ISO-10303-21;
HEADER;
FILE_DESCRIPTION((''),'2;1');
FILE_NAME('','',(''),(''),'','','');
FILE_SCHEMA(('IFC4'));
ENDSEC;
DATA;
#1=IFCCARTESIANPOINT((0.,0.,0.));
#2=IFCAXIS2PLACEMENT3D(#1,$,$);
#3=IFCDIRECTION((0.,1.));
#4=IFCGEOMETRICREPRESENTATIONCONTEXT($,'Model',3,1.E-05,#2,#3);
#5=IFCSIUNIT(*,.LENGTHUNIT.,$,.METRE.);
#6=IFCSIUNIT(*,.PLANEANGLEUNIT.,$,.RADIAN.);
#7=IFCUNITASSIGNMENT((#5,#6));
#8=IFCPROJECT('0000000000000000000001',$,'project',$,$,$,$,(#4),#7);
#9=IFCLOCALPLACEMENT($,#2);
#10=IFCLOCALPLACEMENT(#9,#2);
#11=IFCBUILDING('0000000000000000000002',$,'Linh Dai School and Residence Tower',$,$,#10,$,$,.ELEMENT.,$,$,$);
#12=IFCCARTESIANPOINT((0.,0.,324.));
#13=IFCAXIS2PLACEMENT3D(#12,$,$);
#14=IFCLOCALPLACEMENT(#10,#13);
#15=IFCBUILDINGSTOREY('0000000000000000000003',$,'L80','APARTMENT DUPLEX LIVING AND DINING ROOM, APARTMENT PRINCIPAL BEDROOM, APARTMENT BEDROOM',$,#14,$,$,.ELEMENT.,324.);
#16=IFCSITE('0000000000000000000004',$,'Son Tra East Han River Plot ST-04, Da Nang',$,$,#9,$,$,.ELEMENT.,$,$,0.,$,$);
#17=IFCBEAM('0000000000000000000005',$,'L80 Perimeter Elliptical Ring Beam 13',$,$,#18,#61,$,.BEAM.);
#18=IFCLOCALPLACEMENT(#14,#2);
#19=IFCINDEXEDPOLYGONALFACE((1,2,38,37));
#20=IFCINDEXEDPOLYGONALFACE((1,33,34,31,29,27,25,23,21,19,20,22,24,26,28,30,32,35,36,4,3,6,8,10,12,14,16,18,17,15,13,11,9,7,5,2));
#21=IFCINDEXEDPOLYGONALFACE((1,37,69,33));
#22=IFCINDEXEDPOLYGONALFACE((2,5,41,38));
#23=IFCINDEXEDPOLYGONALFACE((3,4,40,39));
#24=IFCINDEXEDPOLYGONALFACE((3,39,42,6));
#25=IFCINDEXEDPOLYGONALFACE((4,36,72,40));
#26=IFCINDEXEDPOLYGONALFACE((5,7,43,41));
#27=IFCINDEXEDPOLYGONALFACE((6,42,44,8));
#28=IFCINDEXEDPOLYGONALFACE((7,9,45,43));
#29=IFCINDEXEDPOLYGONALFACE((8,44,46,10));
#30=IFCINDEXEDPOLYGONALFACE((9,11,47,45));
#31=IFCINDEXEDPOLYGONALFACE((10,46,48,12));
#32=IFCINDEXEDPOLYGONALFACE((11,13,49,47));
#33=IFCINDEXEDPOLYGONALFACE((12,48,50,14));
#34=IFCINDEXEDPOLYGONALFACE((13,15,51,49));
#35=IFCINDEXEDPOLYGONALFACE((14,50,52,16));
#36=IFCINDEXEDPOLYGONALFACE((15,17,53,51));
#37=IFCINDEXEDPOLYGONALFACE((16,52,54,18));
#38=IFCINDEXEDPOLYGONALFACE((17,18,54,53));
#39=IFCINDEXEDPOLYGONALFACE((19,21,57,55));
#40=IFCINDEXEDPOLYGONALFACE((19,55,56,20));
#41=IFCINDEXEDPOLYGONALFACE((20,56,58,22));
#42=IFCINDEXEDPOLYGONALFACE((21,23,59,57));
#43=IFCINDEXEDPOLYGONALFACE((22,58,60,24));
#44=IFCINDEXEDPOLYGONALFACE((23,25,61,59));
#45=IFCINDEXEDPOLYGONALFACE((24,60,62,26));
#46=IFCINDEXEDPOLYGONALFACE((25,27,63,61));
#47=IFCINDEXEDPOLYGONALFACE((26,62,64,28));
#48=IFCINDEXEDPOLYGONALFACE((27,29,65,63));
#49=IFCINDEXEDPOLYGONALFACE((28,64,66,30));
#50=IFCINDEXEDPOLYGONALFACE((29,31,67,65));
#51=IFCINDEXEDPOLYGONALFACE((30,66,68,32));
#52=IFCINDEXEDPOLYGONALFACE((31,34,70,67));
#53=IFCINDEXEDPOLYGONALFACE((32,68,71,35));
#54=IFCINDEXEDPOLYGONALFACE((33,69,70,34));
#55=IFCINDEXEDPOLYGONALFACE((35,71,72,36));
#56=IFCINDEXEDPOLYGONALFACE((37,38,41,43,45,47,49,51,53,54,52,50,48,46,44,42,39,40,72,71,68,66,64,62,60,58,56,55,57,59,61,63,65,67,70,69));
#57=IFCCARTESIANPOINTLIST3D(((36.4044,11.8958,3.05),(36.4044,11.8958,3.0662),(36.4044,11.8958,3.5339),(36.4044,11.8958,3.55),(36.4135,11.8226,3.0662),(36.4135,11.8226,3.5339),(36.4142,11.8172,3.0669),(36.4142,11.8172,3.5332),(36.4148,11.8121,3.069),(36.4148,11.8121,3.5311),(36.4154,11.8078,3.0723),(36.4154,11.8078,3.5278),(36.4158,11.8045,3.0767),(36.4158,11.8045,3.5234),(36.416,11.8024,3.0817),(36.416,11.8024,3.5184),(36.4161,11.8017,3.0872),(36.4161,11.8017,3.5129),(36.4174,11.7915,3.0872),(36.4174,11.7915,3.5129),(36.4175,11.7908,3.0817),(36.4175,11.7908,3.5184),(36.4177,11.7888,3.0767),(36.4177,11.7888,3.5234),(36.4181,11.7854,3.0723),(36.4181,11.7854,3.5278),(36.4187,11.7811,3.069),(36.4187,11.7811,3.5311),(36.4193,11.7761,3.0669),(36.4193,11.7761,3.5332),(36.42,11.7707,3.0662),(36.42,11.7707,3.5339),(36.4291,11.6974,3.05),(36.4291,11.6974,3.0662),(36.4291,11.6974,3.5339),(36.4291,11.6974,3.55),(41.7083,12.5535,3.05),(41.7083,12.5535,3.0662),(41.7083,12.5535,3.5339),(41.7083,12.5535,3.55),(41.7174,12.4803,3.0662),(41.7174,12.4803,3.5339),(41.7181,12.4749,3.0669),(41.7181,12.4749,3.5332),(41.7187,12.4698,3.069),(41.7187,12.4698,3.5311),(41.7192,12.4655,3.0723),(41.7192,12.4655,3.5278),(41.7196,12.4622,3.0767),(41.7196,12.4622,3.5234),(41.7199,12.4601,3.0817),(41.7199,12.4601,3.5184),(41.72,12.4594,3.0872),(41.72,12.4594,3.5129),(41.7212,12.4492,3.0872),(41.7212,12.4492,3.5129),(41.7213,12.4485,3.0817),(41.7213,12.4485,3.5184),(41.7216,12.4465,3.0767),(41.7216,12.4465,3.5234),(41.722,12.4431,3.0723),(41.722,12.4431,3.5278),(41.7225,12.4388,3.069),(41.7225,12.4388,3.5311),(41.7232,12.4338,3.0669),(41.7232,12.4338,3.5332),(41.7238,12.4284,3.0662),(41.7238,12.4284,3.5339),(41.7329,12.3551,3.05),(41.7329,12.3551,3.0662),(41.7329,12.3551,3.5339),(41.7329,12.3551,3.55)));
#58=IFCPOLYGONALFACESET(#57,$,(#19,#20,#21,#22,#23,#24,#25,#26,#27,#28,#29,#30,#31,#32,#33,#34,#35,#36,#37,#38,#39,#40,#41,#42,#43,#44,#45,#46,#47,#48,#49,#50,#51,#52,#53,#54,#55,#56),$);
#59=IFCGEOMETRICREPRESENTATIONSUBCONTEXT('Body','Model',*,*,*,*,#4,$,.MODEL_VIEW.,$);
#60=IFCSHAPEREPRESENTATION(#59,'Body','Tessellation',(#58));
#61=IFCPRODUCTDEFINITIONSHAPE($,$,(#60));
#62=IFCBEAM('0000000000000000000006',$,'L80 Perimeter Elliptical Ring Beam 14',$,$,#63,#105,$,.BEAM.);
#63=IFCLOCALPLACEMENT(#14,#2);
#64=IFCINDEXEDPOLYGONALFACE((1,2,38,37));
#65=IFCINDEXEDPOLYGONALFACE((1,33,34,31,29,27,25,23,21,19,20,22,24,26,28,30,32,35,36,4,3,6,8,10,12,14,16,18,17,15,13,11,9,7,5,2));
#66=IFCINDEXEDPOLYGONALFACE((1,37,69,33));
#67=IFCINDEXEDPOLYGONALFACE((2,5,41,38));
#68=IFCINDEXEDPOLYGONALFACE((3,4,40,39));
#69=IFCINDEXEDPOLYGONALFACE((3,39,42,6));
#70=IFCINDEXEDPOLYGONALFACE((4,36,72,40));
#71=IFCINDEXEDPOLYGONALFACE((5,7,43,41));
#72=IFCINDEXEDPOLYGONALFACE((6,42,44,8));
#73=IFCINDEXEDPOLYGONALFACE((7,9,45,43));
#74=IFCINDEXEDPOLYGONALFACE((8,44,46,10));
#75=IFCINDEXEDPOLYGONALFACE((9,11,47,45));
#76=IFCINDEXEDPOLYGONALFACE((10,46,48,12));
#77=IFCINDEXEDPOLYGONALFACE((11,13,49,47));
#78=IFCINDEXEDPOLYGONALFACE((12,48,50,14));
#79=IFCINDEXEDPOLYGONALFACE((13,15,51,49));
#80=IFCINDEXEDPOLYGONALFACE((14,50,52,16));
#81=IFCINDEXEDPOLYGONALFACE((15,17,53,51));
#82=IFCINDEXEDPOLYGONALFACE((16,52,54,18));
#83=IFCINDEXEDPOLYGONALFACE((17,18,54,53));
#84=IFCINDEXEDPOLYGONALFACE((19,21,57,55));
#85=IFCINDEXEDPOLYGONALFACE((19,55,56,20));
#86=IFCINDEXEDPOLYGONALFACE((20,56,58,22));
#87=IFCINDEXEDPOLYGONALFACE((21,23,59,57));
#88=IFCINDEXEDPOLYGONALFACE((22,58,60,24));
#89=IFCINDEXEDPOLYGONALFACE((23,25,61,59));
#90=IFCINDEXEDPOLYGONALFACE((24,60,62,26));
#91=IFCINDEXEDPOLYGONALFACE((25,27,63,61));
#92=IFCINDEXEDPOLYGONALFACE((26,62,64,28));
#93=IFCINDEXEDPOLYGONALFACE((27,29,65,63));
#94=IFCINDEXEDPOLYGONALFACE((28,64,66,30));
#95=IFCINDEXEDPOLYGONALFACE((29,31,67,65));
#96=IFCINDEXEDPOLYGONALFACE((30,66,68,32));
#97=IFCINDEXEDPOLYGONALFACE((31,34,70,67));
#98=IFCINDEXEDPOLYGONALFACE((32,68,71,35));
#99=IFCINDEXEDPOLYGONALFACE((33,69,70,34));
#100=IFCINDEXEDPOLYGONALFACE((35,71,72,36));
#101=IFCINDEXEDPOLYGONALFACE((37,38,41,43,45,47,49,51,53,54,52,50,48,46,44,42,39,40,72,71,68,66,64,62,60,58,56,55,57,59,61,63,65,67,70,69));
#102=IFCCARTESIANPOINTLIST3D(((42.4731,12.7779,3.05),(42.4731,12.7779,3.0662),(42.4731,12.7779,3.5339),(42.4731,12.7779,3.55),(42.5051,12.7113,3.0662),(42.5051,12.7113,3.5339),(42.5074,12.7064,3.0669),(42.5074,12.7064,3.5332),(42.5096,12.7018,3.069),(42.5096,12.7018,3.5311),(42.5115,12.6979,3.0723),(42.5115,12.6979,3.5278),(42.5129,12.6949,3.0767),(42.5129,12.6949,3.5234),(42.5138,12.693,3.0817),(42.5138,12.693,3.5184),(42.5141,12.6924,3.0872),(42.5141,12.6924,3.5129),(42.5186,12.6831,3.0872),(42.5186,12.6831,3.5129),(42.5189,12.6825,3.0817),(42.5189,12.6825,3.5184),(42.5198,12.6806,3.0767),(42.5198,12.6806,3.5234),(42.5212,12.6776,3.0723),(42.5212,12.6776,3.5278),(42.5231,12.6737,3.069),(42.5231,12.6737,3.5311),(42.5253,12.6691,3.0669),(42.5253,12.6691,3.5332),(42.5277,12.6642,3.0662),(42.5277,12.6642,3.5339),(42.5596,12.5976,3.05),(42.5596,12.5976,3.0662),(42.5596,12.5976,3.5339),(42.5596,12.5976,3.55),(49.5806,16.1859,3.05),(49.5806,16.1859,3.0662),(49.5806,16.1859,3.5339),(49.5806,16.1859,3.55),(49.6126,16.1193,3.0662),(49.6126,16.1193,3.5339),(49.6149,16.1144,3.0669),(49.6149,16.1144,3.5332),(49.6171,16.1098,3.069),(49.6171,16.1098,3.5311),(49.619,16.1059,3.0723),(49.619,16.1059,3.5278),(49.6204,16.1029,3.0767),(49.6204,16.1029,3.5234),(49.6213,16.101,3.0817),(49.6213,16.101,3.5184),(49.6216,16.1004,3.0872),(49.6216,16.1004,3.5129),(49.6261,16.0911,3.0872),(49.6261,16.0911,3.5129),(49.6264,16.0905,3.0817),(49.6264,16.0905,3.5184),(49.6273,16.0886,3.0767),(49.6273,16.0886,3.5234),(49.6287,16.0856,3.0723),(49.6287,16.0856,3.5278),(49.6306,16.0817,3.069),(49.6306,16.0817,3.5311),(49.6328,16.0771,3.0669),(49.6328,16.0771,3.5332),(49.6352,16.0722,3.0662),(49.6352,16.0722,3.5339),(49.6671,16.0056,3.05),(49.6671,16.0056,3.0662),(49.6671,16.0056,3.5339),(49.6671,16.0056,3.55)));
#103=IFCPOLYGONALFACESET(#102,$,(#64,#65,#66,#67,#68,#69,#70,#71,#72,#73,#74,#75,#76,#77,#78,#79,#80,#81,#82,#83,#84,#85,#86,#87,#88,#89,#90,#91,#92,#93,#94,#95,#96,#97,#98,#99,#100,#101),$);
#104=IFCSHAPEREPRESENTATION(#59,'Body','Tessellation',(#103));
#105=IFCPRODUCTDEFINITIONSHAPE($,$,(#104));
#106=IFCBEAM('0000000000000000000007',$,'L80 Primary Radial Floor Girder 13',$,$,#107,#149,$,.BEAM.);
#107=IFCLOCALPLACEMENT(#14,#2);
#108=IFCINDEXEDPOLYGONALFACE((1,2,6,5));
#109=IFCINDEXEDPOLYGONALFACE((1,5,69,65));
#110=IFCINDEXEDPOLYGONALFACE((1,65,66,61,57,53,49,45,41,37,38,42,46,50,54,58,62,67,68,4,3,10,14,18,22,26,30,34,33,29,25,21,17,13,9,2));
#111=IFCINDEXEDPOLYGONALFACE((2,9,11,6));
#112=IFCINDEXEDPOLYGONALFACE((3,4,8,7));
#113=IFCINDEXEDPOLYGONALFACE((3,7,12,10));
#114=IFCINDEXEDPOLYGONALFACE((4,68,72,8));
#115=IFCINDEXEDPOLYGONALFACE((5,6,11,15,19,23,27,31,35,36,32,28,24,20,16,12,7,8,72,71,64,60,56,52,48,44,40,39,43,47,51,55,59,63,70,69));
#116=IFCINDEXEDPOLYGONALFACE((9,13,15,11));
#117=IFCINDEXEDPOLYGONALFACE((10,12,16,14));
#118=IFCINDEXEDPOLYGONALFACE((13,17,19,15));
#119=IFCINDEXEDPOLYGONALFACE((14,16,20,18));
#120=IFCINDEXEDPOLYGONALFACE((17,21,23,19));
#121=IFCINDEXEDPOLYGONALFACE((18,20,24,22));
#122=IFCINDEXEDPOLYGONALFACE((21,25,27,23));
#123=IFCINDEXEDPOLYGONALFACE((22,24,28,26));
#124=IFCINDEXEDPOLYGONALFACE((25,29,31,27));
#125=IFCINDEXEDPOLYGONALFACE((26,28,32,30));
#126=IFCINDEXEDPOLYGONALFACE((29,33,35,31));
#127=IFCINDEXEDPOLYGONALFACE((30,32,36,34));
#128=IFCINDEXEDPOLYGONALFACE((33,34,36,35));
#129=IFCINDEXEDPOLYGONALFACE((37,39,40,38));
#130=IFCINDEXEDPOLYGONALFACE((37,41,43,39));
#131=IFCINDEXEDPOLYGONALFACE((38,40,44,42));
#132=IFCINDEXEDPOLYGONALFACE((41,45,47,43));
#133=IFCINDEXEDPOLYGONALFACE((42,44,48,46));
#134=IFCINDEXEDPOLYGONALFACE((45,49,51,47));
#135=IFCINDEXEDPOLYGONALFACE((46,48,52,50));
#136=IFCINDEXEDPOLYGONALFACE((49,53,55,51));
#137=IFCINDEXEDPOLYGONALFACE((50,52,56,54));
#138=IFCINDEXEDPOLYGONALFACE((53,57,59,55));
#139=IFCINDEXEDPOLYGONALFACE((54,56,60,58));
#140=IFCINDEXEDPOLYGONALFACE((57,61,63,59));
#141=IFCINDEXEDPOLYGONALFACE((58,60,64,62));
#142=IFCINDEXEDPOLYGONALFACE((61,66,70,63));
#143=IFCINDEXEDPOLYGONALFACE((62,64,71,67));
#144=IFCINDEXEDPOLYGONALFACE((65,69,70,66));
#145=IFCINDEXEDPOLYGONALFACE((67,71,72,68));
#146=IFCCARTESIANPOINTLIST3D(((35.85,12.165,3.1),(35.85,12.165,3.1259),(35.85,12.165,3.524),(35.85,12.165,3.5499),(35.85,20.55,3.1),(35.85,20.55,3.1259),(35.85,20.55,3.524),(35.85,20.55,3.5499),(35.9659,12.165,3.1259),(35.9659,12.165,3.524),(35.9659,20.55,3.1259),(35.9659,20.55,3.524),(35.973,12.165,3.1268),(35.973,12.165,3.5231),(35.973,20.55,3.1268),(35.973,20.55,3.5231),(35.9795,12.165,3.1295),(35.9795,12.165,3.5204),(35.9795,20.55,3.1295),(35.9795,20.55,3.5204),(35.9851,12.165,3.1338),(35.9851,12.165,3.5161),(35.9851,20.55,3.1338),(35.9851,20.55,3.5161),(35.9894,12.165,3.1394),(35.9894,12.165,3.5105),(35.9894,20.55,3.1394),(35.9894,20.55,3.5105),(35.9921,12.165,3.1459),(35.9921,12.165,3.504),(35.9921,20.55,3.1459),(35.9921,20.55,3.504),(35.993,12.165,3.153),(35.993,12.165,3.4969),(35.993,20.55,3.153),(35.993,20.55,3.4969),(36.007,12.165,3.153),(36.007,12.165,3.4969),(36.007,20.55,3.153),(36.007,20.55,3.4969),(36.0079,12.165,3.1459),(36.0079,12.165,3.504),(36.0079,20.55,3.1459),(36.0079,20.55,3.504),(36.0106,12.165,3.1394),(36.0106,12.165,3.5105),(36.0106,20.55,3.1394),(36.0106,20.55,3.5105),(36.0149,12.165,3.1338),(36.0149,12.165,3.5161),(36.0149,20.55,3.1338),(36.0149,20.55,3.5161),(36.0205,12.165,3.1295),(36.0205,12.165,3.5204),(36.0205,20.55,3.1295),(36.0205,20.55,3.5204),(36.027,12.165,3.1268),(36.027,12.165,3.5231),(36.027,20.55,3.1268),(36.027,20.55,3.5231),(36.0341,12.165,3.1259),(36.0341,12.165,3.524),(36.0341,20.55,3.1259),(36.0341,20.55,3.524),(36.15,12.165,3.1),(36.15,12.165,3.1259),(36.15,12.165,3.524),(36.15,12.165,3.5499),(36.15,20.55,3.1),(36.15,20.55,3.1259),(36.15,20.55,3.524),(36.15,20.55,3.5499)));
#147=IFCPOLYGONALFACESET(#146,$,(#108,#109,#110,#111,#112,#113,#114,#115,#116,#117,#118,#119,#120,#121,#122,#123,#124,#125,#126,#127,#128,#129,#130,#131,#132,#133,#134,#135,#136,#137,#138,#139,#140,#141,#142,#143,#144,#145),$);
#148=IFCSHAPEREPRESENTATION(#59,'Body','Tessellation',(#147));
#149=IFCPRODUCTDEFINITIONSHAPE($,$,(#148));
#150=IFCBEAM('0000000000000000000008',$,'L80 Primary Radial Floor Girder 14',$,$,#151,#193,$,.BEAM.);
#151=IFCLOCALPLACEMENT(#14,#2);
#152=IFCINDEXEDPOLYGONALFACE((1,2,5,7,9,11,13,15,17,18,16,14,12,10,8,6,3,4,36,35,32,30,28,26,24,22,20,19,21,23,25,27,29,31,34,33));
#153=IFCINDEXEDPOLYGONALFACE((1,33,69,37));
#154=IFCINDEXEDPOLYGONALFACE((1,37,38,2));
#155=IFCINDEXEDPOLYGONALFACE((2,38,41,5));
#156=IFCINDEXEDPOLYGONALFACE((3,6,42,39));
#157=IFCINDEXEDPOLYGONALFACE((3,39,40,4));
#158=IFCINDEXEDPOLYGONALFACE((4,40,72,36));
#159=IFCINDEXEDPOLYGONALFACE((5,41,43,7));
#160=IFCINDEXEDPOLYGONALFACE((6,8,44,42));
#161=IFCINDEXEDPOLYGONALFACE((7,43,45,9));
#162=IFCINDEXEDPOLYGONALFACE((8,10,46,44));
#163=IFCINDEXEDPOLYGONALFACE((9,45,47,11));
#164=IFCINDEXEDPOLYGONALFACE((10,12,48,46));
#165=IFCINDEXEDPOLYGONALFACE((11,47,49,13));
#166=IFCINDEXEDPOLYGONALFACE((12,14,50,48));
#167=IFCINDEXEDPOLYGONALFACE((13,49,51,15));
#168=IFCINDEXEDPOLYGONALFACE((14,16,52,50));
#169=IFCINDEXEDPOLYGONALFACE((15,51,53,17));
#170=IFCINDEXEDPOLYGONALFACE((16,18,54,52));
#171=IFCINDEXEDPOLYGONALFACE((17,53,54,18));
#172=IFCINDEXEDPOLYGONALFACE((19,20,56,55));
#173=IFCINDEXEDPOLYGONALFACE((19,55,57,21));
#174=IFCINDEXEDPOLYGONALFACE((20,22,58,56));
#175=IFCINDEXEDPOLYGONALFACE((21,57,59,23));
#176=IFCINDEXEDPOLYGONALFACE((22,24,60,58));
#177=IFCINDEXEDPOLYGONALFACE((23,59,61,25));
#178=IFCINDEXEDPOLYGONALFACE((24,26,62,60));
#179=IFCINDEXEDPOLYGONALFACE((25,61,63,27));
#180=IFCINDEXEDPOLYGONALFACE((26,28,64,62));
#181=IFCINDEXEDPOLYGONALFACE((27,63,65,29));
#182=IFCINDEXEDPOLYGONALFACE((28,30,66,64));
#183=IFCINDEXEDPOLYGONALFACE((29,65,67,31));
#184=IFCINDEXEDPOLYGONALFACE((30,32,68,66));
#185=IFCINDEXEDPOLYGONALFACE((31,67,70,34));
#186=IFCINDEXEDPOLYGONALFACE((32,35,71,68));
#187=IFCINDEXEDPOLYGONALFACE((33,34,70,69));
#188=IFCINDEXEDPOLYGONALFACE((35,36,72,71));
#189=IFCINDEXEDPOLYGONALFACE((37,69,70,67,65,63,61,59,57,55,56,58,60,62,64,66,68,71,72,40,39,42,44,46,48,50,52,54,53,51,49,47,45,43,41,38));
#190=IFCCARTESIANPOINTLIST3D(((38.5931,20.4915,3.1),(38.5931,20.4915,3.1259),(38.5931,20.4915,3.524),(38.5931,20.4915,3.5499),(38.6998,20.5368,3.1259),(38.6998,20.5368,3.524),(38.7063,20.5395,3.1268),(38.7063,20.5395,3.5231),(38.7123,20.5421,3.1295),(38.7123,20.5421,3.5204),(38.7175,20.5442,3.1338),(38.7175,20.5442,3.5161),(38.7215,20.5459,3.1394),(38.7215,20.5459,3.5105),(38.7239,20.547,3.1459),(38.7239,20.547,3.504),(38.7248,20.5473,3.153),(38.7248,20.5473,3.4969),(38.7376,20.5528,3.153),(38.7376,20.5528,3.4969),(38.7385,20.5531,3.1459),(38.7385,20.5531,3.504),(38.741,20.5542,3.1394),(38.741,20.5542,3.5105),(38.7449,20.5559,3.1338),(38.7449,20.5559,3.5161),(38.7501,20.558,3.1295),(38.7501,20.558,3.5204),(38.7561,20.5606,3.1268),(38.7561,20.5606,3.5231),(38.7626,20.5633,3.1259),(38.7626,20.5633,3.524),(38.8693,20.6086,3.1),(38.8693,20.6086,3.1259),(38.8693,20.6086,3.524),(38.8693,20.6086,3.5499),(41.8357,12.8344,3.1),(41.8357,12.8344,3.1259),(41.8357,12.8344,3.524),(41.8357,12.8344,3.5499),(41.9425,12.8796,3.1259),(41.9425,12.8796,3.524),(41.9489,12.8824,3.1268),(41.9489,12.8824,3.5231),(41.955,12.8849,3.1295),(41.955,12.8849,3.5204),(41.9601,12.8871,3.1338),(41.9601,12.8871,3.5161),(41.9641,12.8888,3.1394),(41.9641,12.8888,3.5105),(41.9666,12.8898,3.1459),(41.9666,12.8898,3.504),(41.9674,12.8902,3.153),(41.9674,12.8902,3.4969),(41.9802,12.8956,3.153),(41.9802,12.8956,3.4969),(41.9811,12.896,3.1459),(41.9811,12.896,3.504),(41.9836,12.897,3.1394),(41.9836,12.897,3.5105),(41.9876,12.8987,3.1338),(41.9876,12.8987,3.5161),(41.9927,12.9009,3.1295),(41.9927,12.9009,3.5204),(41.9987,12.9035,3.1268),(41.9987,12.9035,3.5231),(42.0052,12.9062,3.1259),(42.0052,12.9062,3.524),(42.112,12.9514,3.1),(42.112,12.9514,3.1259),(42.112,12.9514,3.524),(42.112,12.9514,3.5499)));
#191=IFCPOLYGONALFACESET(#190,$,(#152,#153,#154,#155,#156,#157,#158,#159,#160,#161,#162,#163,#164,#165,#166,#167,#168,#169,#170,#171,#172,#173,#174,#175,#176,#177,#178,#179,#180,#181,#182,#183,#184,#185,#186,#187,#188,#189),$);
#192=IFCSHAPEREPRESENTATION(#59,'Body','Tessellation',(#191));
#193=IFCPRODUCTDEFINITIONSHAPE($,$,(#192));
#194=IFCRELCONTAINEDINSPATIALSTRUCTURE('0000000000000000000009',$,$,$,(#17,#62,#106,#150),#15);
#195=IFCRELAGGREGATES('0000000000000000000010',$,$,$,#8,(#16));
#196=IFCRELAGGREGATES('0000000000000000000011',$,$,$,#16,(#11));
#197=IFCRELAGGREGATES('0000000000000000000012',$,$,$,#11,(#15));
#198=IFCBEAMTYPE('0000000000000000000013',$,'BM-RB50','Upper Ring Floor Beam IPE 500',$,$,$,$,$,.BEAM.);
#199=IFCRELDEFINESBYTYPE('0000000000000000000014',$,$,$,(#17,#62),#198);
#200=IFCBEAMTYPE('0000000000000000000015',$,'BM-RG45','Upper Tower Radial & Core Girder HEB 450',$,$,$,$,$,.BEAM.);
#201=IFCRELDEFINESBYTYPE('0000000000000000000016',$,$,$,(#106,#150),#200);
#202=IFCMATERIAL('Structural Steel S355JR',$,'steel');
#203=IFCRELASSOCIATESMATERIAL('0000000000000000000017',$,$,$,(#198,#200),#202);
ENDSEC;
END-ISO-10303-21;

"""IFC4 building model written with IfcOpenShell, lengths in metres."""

from ifc_helpers import new_model, si_unit, direction, frame, origin, origin_2d, place, context, subcontext, project, spatial, i_section, extrude, material, material_profile, profile_set, type_object, element, save


model = new_model("IFC4")

# Units and contexts
model_context = context("Model", 3, precision=1e-05, world=origin(), true_north=direction((0.0, 1.0)))
body_context = subcontext(model_context, "Body", "Model", "MODEL_VIEW")
ifc_project = project(units=[si_unit("LENGTHUNIT", "METRE"), si_unit("PLANEANGLEUNIT", "RADIAN")], contexts=[model_context])

# Site, building, storey
site_placement = place(None, origin())
site = spatial("IfcSite", under=ifc_project, at=site_placement, Name="Son Tra East Han River Plot ST-04, Da Nang", CompositionType="ELEMENT", RefElevation=0.0)
building_placement = place(site_placement, origin())
building = spatial("IfcBuilding", under=site, at=building_placement, Name="Linh Dai School and Residence Tower", CompositionType="ELEMENT")
storey_placement = place(building_placement, frame((0.0, 0.0, 324.0)))
storey = spatial("IfcBuildingStorey", under=building, at=storey_placement, Name="L80", Description="APARTMENT DUPLEX LIVING AND DINING ROOM, APARTMENT PRINCIPAL BEDROOM, APARTMENT BEDROOM", CompositionType="ELEMENT", Elevation=324.0)

# Shared definitions
ifc_material_1 = material(Name="Structural Steel S355JR", Category="steel")

# Beams
ifc_material_profile_1 = material_profile(ifc_material_1, i_section(OverallWidth=0.2, OverallDepth=0.5, WebThickness=0.0103, FlangeThickness=0.0161, FilletRadius=0.021, at=origin_2d()), Name="IPE 500")
ifc_profile_set_1 = profile_set([ifc_material_profile_1], Name="Structural Steel S355JR")
beam_type_1 = type_object("IfcBeamType", Name="BM-RB50", Description="Upper Ring Floor Beam IPE 500", PredefinedType="BEAM", material=ifc_profile_set_1)
beam_1_placement = place(storey_placement, frame((36.4167, 11.7966, 3.3), z_axis=(0.992399, 0.123062, 0.0), x_axis=(-0.123062, 0.992399, 0.0)))
element("IfcBeam", 1, at=beam_1_placement, inside=storey, type_object=beam_type_1, Name="L80 Perimeter Elliptical Ring Beam 13", PredefinedType="BEAM", context=body_context, shape_type="SweptSolid", body=[
    extrude(i_section(OverallWidth=0.2, OverallDepth=0.5, WebThickness=0.0103, FlangeThickness=0.0161, FilletRadius=0.021, at=origin_2d()), origin(), (0.0, 0.0, 1.0), 5.3445),
])
beam_2_placement = place(storey_placement, frame((42.5164, 12.6877, 3.3), z_axis=(0.901701, 0.432359, 0.0), x_axis=(-0.432359, 0.901701, 0.0)))
element("IfcBeam", 2, at=beam_2_placement, inside=storey, type_object=beam_type_1, Name="L80 Perimeter Elliptical Ring Beam 14", PredefinedType="BEAM", context=body_context, shape_type="SweptSolid", body=[
    extrude(i_section(OverallWidth=0.2, OverallDepth=0.5, WebThickness=0.0103, FlangeThickness=0.0161, FilletRadius=0.021, at=origin_2d()), origin(), (0.0, 0.0, 1.0), 7.8823),
])
ifc_material_profile_2 = material_profile(ifc_material_1, i_section(OverallWidth=0.3, OverallDepth=0.45, WebThickness=0.0139, FlangeThickness=0.0259, FilletRadius=0.0271, at=origin_2d()), Name="HEB 450")
ifc_profile_set_2 = profile_set([ifc_material_profile_2], Name="Structural Steel S355JR")
beam_type_2 = type_object("IfcBeamType", Name="BM-RG45", Description="Upper Tower Radial & Core Girder HEB 450", PredefinedType="BEAM", material=ifc_profile_set_2)
beam_3_placement = place(storey_placement, frame((36.0, 20.55, 3.325), z_axis=(0.0, -1.0, 0.0), x_axis=(1.0, 0.0, 0.0)))
element("IfcBeam", 3, at=beam_3_placement, inside=storey, type_object=beam_type_2, Name="L80 Primary Radial Floor Girder 13", PredefinedType="BEAM", context=body_context, shape_type="SweptSolid", body=[
    extrude(i_section(OverallWidth=0.3, OverallDepth=0.45, WebThickness=0.0139, FlangeThickness=0.0259, FilletRadius=0.0271, at=origin_2d()), origin(), (0.0, 0.0, 1.0), 8.385),
])
beam_4_placement = place(storey_placement, frame((38.7312, 20.55, 3.325), z_axis=(0.389954, -0.920834, 0.0), x_axis=(0.920834, 0.389954, 0.0)))
element("IfcBeam", 4, at=beam_4_placement, inside=storey, type_object=beam_type_2, Name="L80 Primary Radial Floor Girder 14", PredefinedType="BEAM", context=body_context, shape_type="SweptSolid", body=[
    extrude(i_section(OverallWidth=0.3, OverallDepth=0.45, WebThickness=0.0139, FlangeThickness=0.0259, FilletRadius=0.0271, at=origin_2d()), origin(), (0.0, 0.0, 1.0), 8.3154),
])

save(model, "model.ifc")
